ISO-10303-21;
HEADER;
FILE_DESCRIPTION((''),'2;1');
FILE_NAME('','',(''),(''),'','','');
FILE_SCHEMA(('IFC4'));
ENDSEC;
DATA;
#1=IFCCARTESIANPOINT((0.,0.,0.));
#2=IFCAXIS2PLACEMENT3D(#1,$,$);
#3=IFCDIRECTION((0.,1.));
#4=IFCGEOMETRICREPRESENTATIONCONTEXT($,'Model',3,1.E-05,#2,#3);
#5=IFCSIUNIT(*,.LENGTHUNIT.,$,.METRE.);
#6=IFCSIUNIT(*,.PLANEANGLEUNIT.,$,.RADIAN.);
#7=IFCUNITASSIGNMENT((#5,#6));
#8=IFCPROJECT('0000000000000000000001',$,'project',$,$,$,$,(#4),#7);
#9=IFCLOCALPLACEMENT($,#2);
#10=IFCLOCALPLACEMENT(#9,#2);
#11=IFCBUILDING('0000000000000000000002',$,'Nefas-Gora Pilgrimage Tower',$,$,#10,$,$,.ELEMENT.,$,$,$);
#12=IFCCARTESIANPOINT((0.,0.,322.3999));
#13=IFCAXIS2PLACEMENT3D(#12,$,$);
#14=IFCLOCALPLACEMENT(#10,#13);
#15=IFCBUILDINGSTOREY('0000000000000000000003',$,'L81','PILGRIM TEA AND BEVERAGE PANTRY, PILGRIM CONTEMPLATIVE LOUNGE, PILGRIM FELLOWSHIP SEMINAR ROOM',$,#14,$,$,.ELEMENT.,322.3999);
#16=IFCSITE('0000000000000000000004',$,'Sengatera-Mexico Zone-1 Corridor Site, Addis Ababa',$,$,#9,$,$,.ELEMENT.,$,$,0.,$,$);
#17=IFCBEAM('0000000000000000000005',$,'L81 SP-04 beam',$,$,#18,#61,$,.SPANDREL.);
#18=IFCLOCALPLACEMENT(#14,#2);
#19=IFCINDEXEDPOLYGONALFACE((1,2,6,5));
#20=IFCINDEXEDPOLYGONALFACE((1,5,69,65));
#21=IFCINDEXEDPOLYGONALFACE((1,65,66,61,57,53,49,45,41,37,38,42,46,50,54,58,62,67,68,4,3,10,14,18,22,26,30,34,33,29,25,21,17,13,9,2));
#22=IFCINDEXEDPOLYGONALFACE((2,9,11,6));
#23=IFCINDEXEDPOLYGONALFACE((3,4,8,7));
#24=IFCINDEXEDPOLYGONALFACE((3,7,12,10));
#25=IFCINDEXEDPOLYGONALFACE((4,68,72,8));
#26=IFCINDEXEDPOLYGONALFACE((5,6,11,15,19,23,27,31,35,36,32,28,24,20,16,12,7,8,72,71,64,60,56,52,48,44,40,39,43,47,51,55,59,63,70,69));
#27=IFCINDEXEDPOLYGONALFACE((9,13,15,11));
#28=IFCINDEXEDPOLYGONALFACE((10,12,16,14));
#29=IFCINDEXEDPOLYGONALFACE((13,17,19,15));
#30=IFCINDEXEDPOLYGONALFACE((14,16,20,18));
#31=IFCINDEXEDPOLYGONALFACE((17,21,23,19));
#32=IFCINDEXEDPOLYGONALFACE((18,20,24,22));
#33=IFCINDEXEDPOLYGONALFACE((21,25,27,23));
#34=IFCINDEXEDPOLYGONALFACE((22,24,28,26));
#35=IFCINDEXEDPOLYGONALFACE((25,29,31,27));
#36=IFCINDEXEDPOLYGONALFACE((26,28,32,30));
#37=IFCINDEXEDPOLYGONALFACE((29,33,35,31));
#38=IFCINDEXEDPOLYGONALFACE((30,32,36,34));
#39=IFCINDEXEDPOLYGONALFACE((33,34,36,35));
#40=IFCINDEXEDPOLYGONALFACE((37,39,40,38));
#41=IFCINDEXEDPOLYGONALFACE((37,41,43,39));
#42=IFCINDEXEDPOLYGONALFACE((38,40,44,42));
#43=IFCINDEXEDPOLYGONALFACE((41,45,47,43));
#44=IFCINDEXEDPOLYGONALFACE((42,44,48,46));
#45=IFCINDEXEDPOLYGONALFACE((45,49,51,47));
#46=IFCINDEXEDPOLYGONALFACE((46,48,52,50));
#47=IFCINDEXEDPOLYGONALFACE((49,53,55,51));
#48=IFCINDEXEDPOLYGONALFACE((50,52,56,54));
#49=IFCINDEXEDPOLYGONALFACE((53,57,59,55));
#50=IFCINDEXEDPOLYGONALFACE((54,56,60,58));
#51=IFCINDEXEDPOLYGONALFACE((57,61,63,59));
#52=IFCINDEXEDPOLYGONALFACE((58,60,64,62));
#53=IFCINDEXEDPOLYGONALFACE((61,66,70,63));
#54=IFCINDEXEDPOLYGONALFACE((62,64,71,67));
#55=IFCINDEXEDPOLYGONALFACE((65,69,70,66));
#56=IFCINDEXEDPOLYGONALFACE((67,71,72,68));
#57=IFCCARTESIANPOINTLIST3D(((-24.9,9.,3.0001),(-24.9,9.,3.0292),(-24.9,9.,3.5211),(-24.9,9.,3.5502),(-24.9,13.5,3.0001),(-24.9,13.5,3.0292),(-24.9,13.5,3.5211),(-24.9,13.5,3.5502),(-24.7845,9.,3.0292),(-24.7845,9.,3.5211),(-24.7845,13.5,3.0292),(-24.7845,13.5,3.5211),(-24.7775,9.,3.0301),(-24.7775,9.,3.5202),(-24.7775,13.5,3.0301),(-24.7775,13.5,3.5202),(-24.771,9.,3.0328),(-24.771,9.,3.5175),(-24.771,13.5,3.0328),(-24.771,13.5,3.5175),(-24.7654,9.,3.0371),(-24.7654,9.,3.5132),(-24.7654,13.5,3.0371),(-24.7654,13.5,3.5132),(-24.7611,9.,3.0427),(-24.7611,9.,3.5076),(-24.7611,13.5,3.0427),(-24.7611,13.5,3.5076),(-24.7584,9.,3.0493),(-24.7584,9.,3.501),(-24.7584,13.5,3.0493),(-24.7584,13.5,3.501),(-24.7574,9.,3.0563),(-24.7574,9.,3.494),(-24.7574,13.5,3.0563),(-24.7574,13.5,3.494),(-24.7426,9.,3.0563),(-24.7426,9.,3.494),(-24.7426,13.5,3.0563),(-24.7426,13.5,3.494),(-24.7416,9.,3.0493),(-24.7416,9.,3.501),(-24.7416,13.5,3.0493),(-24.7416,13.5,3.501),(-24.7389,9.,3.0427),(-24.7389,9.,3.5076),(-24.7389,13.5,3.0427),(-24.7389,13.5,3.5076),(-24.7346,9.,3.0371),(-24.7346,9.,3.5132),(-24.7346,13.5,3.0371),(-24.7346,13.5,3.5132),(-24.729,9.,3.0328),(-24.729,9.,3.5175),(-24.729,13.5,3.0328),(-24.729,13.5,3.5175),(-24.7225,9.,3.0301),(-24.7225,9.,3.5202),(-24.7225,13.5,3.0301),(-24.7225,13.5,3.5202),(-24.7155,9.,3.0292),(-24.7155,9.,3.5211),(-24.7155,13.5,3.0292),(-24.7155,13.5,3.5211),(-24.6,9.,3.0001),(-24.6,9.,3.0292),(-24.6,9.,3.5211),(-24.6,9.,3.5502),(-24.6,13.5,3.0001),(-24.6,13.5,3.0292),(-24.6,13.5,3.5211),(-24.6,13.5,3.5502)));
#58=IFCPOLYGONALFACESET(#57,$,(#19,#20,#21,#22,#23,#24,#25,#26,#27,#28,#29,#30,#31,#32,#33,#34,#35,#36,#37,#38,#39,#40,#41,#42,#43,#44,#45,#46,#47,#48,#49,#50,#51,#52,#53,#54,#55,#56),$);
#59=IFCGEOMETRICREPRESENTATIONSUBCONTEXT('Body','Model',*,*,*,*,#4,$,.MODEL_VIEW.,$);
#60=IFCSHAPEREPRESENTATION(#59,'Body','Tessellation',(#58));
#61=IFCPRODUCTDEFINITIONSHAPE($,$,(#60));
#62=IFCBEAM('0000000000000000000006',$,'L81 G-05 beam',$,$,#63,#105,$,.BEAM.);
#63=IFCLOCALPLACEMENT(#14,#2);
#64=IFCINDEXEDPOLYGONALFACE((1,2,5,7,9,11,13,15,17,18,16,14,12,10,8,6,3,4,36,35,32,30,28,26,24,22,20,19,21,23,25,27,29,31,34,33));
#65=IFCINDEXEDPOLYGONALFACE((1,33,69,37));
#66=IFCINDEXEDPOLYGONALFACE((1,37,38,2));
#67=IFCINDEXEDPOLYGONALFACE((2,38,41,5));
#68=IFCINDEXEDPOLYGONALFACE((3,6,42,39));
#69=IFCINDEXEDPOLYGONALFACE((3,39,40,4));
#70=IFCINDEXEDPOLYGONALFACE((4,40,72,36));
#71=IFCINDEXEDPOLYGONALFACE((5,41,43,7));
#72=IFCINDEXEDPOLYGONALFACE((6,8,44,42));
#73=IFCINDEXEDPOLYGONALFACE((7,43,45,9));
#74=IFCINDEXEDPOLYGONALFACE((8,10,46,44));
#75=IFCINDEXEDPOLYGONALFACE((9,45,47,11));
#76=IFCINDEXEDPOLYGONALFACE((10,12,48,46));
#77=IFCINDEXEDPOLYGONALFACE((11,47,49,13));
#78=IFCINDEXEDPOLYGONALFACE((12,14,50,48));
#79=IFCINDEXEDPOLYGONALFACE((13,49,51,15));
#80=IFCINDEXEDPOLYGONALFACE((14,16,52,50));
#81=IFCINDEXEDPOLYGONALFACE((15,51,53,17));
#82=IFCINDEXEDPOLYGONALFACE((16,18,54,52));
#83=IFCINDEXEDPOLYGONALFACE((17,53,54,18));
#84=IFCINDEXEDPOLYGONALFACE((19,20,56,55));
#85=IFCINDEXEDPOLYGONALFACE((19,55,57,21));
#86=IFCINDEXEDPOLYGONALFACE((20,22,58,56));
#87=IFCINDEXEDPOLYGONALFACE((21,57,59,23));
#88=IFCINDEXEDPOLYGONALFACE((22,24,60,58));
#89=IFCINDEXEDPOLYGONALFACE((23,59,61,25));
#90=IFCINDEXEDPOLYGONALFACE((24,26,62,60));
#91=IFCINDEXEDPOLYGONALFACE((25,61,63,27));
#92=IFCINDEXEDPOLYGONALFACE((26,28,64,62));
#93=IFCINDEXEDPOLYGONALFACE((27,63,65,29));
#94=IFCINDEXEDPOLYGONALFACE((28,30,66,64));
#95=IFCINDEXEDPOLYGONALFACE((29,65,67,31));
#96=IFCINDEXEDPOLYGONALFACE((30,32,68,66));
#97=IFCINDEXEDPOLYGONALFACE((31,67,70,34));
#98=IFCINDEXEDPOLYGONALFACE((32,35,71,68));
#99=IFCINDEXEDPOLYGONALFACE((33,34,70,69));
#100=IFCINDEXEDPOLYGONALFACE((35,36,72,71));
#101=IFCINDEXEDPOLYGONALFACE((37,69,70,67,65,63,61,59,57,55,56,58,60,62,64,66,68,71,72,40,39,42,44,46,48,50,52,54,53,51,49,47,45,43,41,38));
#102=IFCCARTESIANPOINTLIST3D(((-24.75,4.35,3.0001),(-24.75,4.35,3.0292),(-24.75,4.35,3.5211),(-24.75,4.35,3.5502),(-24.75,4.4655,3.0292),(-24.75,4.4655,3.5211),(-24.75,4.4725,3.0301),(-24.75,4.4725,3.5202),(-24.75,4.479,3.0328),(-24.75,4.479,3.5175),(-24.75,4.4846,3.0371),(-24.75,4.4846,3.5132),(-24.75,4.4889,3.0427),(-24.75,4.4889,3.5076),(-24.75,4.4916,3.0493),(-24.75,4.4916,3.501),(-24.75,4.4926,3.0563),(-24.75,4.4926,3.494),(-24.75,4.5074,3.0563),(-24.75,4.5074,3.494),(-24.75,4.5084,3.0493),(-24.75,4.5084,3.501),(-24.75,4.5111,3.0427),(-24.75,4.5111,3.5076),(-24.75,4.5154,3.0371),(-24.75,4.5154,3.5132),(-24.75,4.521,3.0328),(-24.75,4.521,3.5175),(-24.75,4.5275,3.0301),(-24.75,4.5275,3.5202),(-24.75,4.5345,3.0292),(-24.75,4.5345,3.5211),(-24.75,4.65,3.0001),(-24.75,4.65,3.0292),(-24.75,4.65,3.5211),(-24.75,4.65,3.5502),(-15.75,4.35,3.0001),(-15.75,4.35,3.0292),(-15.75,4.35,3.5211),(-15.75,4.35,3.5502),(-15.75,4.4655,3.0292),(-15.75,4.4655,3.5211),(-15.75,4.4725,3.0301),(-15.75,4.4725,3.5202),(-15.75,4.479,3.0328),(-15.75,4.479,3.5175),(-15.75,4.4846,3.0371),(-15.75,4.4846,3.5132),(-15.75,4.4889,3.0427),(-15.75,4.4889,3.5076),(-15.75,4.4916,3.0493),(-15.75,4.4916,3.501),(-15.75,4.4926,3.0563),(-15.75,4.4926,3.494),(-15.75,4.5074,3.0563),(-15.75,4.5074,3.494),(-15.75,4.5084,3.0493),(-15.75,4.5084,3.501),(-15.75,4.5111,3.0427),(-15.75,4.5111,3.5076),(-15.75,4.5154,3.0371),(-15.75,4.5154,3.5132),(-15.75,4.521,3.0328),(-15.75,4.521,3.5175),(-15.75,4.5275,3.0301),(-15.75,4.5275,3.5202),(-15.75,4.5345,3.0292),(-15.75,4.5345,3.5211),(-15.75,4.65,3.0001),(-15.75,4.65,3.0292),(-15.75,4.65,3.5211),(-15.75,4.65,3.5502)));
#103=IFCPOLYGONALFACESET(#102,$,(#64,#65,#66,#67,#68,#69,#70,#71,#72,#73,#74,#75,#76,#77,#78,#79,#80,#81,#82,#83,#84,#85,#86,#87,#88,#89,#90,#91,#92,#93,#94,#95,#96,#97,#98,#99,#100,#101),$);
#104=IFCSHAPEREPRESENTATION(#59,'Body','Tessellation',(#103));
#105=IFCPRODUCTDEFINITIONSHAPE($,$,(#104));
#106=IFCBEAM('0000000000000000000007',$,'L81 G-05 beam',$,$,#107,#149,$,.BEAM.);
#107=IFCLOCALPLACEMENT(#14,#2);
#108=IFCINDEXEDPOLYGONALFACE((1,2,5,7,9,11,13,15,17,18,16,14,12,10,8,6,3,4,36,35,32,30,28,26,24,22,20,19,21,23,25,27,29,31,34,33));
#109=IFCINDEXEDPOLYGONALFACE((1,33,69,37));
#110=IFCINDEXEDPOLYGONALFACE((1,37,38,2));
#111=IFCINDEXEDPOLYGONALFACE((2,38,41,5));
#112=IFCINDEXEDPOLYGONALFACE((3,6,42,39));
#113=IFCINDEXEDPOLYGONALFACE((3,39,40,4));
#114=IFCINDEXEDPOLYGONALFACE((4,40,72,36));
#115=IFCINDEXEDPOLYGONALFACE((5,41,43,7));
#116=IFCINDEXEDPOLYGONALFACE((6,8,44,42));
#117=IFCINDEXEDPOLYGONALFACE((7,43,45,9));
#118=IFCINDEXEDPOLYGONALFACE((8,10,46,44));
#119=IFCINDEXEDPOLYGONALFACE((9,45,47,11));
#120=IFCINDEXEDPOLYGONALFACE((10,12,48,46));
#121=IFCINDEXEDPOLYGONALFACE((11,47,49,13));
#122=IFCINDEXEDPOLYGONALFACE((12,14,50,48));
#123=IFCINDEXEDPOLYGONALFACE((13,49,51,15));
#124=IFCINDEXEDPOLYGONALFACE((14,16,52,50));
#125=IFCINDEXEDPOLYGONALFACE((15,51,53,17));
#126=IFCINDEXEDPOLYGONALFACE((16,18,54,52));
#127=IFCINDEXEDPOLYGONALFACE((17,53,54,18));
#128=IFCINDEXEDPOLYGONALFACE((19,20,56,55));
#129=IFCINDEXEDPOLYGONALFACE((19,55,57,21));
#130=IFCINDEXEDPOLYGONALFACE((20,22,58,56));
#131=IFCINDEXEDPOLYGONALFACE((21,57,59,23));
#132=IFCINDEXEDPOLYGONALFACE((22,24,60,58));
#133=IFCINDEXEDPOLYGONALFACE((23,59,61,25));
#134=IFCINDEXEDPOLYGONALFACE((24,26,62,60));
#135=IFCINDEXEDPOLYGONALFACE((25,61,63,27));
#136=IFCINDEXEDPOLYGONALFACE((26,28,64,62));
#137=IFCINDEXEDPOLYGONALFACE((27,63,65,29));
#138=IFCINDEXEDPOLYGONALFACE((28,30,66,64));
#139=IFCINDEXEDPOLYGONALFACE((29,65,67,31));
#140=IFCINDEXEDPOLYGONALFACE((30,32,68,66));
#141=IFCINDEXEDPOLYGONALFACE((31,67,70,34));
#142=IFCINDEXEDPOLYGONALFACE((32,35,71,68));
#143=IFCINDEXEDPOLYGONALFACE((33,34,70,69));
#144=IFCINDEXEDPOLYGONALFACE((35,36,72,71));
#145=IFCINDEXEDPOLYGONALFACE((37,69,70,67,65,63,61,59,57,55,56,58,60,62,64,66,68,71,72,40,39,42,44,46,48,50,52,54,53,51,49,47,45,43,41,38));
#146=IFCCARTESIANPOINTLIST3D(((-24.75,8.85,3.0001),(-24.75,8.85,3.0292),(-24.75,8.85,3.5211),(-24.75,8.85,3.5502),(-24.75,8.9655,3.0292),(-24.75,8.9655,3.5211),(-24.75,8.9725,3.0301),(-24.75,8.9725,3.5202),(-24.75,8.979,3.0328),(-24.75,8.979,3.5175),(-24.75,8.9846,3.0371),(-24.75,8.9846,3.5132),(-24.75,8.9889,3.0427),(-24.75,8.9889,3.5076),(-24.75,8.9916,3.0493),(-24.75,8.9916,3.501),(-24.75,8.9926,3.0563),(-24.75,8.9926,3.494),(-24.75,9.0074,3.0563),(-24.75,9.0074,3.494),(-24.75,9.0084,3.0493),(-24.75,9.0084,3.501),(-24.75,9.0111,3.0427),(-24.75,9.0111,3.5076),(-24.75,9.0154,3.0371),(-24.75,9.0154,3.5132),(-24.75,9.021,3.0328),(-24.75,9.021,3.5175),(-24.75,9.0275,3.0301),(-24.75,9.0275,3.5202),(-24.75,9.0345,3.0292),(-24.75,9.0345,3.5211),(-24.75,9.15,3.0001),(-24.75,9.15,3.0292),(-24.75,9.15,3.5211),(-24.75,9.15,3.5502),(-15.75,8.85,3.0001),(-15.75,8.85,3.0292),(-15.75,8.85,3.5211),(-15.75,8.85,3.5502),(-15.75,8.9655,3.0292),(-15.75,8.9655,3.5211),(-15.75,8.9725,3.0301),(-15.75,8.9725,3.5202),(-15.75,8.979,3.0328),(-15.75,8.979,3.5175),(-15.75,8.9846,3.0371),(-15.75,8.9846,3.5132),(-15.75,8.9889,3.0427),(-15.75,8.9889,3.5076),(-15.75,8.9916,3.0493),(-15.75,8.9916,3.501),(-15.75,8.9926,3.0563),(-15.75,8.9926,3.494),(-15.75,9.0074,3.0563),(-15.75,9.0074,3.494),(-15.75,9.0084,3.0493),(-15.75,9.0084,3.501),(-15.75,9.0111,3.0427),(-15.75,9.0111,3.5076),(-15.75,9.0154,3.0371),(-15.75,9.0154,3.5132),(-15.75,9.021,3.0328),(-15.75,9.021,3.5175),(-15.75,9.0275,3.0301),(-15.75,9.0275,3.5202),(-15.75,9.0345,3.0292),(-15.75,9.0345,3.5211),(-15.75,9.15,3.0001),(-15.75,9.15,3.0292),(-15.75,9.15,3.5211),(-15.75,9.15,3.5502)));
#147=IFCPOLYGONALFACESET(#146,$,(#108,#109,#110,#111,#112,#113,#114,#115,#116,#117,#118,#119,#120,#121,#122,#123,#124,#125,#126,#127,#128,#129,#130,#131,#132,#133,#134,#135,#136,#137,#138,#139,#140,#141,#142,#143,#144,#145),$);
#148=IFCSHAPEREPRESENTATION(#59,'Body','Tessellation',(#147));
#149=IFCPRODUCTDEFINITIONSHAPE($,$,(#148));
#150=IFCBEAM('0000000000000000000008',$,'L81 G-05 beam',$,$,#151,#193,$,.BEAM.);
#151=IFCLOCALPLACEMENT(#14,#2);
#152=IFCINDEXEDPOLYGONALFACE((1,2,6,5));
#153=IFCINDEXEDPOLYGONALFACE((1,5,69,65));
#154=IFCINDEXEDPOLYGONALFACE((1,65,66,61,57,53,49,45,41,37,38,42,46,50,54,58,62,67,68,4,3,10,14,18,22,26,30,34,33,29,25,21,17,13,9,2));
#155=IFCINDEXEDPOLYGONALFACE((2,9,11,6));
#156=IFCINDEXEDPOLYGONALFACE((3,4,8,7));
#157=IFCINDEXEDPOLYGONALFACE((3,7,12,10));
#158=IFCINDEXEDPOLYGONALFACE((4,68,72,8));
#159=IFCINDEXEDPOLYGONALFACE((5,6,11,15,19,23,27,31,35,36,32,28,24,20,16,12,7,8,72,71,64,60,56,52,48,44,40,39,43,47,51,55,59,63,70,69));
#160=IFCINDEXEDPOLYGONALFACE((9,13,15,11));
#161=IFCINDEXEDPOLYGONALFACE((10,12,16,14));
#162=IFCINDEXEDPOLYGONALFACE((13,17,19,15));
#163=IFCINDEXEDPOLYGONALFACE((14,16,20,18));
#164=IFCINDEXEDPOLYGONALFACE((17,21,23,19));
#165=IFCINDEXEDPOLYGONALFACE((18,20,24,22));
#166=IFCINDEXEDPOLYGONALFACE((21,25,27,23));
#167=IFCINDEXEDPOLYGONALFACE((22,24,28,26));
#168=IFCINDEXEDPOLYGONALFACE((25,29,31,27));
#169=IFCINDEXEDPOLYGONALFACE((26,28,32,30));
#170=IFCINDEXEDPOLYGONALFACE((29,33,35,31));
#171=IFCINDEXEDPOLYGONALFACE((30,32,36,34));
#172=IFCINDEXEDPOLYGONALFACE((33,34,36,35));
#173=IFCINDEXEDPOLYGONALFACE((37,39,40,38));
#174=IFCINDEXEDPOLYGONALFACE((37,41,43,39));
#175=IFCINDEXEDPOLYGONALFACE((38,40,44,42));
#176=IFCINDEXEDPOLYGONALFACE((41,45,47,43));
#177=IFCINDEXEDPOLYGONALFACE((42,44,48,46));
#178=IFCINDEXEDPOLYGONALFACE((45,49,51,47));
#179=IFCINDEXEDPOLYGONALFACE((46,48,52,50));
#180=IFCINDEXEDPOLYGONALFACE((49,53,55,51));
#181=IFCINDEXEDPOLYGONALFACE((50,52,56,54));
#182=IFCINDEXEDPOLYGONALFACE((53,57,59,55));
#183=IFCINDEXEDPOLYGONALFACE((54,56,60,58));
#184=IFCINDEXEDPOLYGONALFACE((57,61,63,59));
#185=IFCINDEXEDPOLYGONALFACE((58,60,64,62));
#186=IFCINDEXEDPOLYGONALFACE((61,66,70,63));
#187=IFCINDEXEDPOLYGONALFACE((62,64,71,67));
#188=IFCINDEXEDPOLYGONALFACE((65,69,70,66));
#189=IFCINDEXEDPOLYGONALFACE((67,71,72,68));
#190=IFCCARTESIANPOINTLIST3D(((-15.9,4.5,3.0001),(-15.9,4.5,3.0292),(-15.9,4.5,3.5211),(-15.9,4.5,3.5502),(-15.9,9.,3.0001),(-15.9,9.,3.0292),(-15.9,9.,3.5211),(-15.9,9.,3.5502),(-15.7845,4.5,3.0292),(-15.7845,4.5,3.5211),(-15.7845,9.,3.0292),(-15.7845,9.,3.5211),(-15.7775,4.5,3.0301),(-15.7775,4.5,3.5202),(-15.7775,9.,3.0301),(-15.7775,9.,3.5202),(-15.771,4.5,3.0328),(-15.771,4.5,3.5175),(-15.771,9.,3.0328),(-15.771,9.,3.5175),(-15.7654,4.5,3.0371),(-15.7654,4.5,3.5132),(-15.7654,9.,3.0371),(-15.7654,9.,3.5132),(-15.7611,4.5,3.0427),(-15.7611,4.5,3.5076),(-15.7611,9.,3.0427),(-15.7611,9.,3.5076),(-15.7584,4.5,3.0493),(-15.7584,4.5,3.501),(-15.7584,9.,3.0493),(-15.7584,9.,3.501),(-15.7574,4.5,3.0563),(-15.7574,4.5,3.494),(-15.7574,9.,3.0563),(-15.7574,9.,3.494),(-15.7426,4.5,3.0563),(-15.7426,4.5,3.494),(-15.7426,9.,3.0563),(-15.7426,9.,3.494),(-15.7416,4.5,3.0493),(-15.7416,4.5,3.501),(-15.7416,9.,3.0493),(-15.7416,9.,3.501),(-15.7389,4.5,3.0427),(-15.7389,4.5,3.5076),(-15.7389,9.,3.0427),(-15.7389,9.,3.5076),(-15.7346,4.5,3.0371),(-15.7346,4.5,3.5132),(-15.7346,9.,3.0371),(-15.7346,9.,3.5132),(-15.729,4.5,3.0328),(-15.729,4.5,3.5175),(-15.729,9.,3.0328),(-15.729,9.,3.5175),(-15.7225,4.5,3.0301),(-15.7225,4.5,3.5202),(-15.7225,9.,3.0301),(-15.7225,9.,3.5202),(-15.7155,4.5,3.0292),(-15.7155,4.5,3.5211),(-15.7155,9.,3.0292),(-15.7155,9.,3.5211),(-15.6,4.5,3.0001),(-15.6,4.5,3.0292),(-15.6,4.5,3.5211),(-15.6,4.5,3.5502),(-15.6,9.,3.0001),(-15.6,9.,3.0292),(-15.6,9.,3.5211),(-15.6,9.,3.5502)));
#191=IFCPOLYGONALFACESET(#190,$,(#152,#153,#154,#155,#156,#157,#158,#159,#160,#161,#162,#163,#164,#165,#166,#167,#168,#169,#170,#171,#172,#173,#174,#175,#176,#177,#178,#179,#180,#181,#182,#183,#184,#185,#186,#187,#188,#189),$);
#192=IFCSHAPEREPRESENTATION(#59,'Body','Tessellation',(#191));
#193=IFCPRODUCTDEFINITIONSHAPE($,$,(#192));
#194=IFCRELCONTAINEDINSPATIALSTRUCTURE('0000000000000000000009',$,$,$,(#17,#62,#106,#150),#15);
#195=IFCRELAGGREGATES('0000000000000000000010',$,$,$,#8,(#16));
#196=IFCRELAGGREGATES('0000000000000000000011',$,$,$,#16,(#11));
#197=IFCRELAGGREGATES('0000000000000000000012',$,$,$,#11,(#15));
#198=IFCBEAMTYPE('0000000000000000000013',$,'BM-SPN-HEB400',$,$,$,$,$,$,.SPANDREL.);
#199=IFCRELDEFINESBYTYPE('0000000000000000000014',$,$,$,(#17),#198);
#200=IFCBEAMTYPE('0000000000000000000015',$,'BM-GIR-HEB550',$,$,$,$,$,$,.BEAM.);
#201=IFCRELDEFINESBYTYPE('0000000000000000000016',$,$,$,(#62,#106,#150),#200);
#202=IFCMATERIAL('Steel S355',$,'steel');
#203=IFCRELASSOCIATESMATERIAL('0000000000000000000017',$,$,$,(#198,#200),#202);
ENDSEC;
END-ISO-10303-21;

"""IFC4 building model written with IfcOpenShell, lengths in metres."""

from ifc_helpers import new_model, si_unit, direction, frame, origin, origin_2d, place, context, subcontext, project, spatial, i_section, extrude, source, transform, mapped, material, material_profile, profile_set, type_object, element, save


model = new_model("IFC4")

# Units and contexts
model_context = context("Model", 3, precision=1e-05, world=origin(), true_north=direction((0.0, 1.0)))
body_context = subcontext(model_context, "Body", "Model", "MODEL_VIEW")
ifc_project = project(units=[si_unit("LENGTHUNIT", "METRE"), si_unit("PLANEANGLEUNIT", "RADIAN")], contexts=[model_context])

# Site, building, storey
site_placement = place(None, origin())
site = spatial("IfcSite", under=ifc_project, at=site_placement, Name="Sengatera-Mexico Zone-1 Corridor Site, Addis Ababa", CompositionType="ELEMENT", RefElevation=0.0)
building_placement = place(site_placement, origin())
building = spatial("IfcBuilding", under=site, at=building_placement, Name="Nefas-Gora Pilgrimage Tower", CompositionType="ELEMENT")
storey_placement = place(building_placement, frame((0.0, 0.0, 322.3999)))
storey = spatial("IfcBuildingStorey", under=building, at=storey_placement, Name="L81", Description="PILGRIM TEA AND BEVERAGE PANTRY, PILGRIM CONTEMPLATIVE LOUNGE, PILGRIM FELLOWSHIP SEMINAR ROOM", CompositionType="ELEMENT", Elevation=322.3999)

# Shared definitions
ifc_material_1 = material(Name="Steel S355", Category="steel")

# Beams
ifc_material_profile_1 = material_profile(ifc_material_1, i_section(OverallWidth=0.3, OverallDepth=0.55, WebThickness=0.0149, FlangeThickness=0.0291, FilletRadius=0.0271, at=origin_2d()), Name="HEB 550")
ifc_profile_set_1 = profile_set([ifc_material_profile_1], Name="Steel S355")
beam_type_1 = type_object("IfcBeamType", Name="BM-SPN-HEB400", PredefinedType="SPANDREL", material=ifc_profile_set_1)
shared_shape_1 = source(origin(), body_context, "Body", "SweptSolid", [
    extrude(i_section(OverallWidth=0.3, OverallDepth=0.55, WebThickness=0.0149, FlangeThickness=0.0291, FilletRadius=0.0271, at=origin_2d()), origin(), (0.0, 0.0, 1.0), 4.5),
])
for number, where, z_axis, x_axis, name in (
    (1, (-24.75, 9.0, 3.2751), (0.0, 1.0, 0.0), (-1.0, 0.0, 0.0), "L81 SP-04 beam"),
):
    element("IfcBeam", number, at=place(storey_placement, frame(where, z_axis=z_axis, x_axis=x_axis)), inside=storey, type_object=beam_type_1, Name=name, PredefinedType="SPANDREL", context=body_context, shape_type="MappedRepresentation", body=[
        mapped(shared_shape_1, transform((0.0, 0.0, 0.0), x_axis=(1.0, 0.0, 0.0), y_axis=(0.0, 1.0, 0.0), z_axis=(0.0, 0.0, 1.0), scale=1.0)),
    ])
ifc_material_profile_2 = material_profile(ifc_material_1, i_section(OverallWidth=0.3, OverallDepth=0.55, WebThickness=0.0149, FlangeThickness=0.0291, FilletRadius=0.0271, at=origin_2d()), Name="HEB 550")
ifc_profile_set_2 = profile_set([ifc_material_profile_2], Name="Steel S355")
beam_type_2 = type_object("IfcBeamType", Name="BM-GIR-HEB550", PredefinedType="BEAM", material=ifc_profile_set_2)
shared_shape_2 = source(origin(), body_context, "Body", "SweptSolid", [
    extrude(i_section(OverallWidth=0.3, OverallDepth=0.55, WebThickness=0.0149, FlangeThickness=0.0291, FilletRadius=0.0271, at=origin_2d()), origin(), (0.0, 0.0, 1.0), 9.0),
])
for number, where, z_axis, x_axis, name in (
    (2, (-24.75, 4.5, 3.2751), (1.0, 0.0, 0.0), (0.0, 1.0, 0.0), "L81 G-05 beam"),
    (3, (-24.75, 9.0, 3.2751), (1.0, 0.0, 0.0), (0.0, 1.0, 0.0), "L81 G-05 beam"),
):
    element("IfcBeam", number, at=place(storey_placement, frame(where, z_axis=z_axis, x_axis=x_axis)), inside=storey, type_object=beam_type_2, Name=name, PredefinedType="BEAM", context=body_context, shape_type="MappedRepresentation", body=[
        mapped(shared_shape_2, transform((0.0, 0.0, 0.0), x_axis=(1.0, 0.0, 0.0), y_axis=(0.0, 1.0, 0.0), z_axis=(0.0, 0.0, 1.0), scale=1.0)),
    ])
shared_shape_3 = source(origin(), body_context, "Body", "SweptSolid", [
    extrude(i_section(OverallWidth=0.3, OverallDepth=0.55, WebThickness=0.0149, FlangeThickness=0.0291, FilletRadius=0.0271, at=origin_2d()), origin(), (0.0, 0.0, 1.0), 4.5),
])
for number, where, z_axis, x_axis, name in (
    (4, (-15.75, 4.5, 3.2751), (0.0, 1.0, 0.0), (-1.0, 0.0, 0.0), "L81 G-05 beam"),
):
    element("IfcBeam", number, at=place(storey_placement, frame(where, z_axis=z_axis, x_axis=x_axis)), inside=storey, type_object=beam_type_2, Name=name, PredefinedType="BEAM", context=body_context, shape_type="MappedRepresentation", body=[
        mapped(shared_shape_3, transform((0.0, 0.0, 0.0), x_axis=(1.0, 0.0, 0.0), y_axis=(0.0, 1.0, 0.0), z_axis=(0.0, 0.0, 1.0), scale=1.0)),
    ])

save(model, "model.ifc")
